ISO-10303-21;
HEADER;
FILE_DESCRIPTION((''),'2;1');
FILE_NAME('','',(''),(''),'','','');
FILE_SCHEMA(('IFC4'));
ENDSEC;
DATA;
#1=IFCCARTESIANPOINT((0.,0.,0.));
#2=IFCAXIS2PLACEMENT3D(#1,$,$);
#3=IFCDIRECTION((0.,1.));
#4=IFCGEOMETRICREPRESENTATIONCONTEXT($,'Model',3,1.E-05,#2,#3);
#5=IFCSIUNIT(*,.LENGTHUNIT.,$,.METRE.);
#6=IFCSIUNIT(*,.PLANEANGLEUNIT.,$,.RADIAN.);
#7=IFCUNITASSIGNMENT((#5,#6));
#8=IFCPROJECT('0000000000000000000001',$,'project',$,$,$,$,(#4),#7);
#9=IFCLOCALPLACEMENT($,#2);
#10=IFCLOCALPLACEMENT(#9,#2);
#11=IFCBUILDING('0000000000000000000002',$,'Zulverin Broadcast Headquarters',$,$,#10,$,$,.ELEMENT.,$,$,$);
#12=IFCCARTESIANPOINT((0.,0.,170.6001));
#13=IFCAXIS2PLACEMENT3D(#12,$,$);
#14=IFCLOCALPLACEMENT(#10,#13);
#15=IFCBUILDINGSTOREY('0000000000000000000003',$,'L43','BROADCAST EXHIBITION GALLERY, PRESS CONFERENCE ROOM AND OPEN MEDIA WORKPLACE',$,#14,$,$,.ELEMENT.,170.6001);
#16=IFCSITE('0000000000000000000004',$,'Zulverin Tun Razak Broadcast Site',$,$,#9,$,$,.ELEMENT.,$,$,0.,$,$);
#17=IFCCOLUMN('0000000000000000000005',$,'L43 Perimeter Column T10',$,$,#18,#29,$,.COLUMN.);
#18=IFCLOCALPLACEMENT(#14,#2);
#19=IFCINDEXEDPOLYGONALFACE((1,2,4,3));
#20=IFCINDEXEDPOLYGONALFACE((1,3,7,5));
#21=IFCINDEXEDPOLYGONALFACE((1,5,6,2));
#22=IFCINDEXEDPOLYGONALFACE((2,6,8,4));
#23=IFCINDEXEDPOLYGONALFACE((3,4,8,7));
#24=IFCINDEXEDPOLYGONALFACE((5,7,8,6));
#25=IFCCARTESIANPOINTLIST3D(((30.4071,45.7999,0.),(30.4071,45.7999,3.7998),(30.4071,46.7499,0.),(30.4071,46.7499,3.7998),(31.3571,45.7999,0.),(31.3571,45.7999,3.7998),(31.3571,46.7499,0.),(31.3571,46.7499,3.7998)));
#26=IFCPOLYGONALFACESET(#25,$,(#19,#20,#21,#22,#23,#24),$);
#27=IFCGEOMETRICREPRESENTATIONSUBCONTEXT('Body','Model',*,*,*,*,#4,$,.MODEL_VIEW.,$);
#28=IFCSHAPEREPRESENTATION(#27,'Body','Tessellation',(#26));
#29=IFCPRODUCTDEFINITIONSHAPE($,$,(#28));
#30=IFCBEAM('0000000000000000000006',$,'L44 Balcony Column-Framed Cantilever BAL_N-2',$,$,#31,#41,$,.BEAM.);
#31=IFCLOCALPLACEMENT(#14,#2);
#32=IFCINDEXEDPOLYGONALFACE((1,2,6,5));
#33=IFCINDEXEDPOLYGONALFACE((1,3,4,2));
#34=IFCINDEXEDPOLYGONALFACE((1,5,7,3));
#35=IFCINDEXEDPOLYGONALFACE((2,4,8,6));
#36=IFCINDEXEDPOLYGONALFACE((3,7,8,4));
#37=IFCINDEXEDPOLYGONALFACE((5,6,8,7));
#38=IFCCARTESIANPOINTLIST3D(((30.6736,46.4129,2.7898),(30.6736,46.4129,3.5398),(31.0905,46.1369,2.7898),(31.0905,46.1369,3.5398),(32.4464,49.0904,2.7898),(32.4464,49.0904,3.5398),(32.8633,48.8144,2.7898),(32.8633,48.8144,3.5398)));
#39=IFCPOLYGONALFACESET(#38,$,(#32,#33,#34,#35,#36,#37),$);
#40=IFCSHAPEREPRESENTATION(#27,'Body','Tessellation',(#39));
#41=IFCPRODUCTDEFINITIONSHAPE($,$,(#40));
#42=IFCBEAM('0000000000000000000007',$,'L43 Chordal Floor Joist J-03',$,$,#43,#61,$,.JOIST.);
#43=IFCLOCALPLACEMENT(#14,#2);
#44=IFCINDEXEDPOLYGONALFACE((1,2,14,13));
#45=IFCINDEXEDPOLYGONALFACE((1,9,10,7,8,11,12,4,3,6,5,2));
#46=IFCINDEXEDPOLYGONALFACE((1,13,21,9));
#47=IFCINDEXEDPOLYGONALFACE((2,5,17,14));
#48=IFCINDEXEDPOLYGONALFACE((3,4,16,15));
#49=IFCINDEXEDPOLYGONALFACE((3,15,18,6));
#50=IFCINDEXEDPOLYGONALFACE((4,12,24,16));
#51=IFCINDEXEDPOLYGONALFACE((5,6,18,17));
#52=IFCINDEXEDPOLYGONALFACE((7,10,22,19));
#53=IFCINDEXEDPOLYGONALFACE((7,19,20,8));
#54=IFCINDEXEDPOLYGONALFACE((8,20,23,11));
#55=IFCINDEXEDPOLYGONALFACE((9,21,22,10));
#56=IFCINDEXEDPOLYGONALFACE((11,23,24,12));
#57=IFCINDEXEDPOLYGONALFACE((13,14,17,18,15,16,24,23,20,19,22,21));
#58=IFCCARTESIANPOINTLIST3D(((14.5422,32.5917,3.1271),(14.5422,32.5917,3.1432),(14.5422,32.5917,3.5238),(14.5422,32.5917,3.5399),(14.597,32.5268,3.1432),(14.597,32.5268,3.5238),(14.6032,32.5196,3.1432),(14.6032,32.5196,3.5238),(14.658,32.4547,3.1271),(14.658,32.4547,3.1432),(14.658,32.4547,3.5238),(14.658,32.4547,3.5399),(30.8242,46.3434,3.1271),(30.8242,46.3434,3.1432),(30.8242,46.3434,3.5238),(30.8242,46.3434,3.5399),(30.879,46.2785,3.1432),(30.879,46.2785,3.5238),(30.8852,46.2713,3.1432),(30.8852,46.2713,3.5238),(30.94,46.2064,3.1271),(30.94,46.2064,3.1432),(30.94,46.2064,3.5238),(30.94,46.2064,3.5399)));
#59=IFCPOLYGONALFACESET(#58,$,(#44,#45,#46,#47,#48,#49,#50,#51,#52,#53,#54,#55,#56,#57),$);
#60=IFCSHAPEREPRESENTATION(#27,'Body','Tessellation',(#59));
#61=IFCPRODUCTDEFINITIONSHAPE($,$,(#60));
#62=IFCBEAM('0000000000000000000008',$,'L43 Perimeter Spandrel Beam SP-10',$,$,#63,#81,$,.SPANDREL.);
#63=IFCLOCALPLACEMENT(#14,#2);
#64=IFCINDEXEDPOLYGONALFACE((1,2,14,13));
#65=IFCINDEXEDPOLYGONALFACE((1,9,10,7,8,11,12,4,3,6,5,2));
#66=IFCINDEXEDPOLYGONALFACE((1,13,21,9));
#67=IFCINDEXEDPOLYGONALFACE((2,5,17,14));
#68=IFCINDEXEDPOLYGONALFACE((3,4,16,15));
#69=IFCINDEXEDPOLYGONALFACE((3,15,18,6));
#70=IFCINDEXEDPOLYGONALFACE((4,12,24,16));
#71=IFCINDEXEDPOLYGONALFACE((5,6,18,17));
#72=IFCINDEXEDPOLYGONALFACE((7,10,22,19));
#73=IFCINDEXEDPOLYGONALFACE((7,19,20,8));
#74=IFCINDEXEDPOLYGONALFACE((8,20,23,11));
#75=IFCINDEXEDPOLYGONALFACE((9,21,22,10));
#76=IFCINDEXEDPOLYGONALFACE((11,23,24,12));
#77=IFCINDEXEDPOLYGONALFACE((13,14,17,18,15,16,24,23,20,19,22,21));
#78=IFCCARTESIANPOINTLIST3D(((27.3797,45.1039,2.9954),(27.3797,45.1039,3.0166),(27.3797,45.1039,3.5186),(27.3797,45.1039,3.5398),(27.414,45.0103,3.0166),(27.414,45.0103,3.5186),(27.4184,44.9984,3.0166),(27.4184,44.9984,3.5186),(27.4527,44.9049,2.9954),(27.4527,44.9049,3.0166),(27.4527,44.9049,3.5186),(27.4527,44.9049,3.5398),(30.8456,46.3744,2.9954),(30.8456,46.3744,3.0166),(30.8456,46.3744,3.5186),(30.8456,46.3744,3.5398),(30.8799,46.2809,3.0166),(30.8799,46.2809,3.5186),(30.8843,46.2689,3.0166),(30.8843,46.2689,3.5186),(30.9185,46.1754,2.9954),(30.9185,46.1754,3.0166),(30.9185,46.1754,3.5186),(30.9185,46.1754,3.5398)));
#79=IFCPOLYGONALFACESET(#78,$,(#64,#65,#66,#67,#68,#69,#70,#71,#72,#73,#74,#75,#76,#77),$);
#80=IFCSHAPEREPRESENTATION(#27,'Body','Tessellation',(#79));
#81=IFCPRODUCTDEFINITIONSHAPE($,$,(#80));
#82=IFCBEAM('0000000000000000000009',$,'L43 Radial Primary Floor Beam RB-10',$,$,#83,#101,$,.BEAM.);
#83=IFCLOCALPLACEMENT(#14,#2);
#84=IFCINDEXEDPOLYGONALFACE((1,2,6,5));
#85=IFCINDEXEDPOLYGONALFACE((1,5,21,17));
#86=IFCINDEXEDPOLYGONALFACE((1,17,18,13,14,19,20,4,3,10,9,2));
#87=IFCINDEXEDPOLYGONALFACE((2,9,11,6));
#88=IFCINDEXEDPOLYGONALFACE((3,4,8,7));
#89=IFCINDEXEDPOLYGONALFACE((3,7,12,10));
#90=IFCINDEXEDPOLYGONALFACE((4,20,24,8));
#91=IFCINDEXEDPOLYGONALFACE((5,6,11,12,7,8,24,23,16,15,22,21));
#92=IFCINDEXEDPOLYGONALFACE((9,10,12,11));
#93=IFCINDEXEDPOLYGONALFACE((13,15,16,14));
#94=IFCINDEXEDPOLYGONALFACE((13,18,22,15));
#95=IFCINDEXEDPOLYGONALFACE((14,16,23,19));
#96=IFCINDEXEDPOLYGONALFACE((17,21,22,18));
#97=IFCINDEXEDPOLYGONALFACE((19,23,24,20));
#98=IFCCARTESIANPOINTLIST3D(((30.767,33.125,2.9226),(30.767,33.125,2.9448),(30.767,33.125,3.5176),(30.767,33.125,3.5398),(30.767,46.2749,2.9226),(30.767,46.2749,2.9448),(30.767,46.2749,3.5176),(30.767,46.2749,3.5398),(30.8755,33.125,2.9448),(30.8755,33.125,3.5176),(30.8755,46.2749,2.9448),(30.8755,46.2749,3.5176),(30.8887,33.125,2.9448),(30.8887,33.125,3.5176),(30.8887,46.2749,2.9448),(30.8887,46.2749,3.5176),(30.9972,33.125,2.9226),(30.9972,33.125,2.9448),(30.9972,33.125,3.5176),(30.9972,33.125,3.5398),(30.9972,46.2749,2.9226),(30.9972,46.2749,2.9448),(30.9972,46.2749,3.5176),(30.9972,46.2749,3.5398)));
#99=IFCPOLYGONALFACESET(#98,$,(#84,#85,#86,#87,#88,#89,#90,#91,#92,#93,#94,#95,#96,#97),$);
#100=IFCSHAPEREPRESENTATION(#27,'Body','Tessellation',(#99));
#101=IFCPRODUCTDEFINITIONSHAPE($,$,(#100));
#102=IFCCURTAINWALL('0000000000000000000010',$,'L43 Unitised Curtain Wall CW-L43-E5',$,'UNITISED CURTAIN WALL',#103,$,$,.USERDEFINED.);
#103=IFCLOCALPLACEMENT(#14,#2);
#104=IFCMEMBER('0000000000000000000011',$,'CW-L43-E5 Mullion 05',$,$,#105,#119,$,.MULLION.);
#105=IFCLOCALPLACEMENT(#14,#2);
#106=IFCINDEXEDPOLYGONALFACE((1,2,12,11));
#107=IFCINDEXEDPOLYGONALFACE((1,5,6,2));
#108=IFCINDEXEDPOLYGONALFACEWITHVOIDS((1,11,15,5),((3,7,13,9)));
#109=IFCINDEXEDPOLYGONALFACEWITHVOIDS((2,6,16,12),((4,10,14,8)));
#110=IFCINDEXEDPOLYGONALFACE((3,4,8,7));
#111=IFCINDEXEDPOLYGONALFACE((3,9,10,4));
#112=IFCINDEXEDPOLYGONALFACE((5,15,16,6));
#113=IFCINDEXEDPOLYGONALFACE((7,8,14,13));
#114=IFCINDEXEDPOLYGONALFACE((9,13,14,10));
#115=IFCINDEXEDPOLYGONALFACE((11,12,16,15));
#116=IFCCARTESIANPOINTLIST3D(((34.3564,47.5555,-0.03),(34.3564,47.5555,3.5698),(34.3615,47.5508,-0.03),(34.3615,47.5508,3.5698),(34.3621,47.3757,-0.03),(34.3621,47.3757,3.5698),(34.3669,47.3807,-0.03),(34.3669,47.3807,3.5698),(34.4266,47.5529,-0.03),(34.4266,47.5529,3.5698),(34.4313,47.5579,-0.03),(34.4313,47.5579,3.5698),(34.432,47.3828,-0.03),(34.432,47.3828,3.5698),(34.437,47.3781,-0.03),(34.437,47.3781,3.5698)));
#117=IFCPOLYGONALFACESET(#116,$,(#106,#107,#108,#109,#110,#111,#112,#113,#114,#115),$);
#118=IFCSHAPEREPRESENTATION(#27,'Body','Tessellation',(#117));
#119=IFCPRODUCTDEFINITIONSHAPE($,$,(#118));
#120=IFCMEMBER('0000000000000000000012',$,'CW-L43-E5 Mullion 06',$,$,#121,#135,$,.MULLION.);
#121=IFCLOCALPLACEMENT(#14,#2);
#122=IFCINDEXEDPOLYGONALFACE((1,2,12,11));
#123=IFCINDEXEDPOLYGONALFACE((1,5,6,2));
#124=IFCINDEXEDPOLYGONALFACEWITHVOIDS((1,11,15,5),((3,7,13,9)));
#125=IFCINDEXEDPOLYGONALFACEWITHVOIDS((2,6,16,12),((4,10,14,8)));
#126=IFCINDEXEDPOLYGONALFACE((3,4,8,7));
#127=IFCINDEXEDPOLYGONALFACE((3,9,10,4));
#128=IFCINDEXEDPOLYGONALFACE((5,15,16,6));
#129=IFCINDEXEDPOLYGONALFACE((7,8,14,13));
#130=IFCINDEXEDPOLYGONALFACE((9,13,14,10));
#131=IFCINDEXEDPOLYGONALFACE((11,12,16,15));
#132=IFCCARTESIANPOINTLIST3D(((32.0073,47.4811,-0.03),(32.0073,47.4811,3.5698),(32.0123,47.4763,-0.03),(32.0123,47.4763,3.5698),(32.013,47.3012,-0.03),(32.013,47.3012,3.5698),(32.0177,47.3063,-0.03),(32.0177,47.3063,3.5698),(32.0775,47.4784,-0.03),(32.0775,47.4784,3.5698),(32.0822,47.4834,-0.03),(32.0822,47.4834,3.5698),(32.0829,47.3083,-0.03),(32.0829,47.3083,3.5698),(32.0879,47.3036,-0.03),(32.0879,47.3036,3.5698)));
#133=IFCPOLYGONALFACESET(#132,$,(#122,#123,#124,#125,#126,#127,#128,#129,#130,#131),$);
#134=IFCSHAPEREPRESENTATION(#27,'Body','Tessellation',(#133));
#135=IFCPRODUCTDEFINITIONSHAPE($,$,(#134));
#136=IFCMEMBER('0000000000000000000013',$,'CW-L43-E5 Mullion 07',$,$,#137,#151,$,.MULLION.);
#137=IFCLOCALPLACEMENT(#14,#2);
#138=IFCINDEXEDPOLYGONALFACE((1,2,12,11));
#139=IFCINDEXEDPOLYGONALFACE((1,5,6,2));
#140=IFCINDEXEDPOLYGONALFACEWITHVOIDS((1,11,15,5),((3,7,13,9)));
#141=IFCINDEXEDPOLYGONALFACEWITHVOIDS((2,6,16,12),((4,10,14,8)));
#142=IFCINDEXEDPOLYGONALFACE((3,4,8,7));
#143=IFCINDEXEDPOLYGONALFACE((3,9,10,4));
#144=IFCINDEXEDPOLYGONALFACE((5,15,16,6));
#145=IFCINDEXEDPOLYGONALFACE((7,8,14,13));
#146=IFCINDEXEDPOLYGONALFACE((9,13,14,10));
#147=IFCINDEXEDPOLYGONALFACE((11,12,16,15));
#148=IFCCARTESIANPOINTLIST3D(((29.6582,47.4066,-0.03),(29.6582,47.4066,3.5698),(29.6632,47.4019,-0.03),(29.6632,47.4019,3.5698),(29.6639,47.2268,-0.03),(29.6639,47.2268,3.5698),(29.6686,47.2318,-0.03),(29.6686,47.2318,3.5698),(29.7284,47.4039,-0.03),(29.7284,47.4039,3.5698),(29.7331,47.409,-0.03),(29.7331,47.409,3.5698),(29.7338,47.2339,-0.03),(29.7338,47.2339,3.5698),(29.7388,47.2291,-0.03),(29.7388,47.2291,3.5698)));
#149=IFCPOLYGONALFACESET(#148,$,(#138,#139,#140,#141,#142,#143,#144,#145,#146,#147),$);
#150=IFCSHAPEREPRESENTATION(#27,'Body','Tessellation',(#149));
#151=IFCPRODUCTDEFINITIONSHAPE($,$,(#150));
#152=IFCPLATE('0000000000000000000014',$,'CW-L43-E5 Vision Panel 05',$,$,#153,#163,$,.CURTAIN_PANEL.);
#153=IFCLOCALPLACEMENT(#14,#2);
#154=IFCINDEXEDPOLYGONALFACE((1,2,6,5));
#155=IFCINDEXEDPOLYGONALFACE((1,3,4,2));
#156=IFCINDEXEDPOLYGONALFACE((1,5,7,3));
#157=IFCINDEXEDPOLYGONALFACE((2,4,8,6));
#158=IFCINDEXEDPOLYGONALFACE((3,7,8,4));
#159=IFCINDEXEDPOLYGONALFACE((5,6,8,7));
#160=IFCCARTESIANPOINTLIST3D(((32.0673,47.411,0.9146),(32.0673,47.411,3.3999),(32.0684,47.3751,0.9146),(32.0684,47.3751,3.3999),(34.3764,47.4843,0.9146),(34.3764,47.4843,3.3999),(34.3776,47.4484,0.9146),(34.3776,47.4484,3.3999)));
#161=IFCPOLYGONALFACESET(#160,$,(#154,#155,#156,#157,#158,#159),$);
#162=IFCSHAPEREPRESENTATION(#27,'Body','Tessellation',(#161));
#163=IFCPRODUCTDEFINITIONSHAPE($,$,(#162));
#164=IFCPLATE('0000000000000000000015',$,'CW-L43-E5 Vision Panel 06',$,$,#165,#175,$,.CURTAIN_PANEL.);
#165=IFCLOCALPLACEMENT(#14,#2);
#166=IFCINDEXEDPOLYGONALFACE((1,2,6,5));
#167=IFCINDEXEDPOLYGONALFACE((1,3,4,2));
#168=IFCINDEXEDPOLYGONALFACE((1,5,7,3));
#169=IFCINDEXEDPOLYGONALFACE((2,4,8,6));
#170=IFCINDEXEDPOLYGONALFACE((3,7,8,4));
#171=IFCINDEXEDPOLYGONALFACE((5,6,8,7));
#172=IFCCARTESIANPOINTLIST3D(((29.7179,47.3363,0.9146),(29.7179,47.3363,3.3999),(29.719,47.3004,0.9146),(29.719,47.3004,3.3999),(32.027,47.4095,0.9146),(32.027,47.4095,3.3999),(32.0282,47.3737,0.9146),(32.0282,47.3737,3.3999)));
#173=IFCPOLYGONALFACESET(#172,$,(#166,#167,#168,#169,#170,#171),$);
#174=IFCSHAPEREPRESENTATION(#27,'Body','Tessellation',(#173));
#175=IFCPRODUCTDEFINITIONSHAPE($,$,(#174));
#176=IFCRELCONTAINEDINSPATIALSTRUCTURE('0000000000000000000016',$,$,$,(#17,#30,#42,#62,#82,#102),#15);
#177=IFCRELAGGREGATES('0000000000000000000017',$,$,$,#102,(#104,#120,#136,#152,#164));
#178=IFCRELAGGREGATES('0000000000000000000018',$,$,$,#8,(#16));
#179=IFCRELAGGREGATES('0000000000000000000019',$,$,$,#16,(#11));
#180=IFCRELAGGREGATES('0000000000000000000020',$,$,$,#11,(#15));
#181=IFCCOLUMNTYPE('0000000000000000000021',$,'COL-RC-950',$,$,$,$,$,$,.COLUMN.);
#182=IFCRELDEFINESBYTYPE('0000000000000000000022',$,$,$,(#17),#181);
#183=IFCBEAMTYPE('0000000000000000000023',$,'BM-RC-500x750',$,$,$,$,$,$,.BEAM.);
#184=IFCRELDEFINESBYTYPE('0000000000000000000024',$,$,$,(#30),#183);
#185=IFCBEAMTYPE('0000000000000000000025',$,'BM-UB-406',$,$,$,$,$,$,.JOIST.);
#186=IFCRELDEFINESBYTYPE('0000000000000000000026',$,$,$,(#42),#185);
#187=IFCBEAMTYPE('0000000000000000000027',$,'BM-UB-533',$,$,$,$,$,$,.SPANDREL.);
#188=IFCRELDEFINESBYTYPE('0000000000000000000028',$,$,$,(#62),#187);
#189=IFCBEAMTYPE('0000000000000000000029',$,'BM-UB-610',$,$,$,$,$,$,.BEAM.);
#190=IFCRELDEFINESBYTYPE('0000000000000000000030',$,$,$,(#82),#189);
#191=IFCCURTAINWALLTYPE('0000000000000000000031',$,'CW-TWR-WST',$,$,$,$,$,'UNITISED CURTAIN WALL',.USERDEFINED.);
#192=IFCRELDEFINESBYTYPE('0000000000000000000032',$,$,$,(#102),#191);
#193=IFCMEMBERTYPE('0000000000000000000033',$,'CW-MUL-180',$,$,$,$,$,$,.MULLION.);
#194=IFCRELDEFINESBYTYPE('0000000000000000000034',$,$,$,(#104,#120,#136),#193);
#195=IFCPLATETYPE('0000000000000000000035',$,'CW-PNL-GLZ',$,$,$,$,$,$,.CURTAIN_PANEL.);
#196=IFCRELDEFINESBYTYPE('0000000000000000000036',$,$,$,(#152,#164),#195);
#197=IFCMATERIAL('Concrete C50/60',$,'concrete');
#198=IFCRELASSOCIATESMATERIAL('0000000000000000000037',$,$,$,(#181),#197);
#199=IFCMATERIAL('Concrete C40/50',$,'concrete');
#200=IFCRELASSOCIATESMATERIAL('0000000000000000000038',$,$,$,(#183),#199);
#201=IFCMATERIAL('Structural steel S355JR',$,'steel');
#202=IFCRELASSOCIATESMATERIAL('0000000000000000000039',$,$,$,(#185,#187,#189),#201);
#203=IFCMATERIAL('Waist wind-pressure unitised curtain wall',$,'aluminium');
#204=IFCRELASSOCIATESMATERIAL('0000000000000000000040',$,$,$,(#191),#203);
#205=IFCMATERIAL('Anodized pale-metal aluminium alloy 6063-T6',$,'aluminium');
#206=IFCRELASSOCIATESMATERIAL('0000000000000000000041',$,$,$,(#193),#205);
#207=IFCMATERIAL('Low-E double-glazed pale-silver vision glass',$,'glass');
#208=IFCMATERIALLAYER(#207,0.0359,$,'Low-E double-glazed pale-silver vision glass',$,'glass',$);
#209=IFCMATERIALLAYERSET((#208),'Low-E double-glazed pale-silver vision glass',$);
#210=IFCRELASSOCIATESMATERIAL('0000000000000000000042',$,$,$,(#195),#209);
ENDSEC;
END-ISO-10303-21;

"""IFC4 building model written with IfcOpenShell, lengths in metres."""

from ifc_helpers import new_model, si_unit, direction, frame, origin, origin_2d, place, context, subcontext, project, spatial, rectangle, hollow_rectangle, i_section, extrude, material, layer, layer_set, material_profile, profile_set, type_object, element, aggregate, save


model = new_model("IFC4")

# Units and contexts
model_context = context("Model", 3, precision=1e-05, world=origin(), true_north=direction((0.0, 1.0)))
body_context = subcontext(model_context, "Body", "Model", "MODEL_VIEW")
ifc_project = project(units=[si_unit("LENGTHUNIT", "METRE"), si_unit("PLANEANGLEUNIT", "RADIAN")], contexts=[model_context])

# Site, building, storey
site_placement = place(None, origin())
site = spatial("IfcSite", under=ifc_project, at=site_placement, Name="Zulverin Tun Razak Broadcast Site", CompositionType="ELEMENT", RefElevation=0.0)
building_placement = place(site_placement, origin())
building = spatial("IfcBuilding", under=site, at=building_placement, Name="Zulverin Broadcast Headquarters", CompositionType="ELEMENT")
storey_placement = place(building_placement, frame((0.0, 0.0, 170.6001)))
storey = spatial("IfcBuildingStorey", under=building, at=storey_placement, Name="L43", Description="BROADCAST EXHIBITION GALLERY, PRESS CONFERENCE ROOM AND OPEN MEDIA WORKPLACE", CompositionType="ELEMENT", Elevation=170.6001)

# Column
ifc_material_1 = material(Name="Concrete C50/60", Category="concrete")
ifc_material_profile_1 = material_profile(ifc_material_1, rectangle(XDim=0.95, YDim=0.95, at=origin_2d()), Name="Concrete C50/60", Category="concrete")
ifc_profile_set_1 = profile_set([ifc_material_profile_1], Name="Concrete C50/60")
column_type = type_object("IfcColumnType", Name="COL-RC-950", PredefinedType="COLUMN", material=ifc_profile_set_1)
column_placement = place(storey_placement, frame((30.8821, 46.2749, 0.0), z_axis=(0.0, 0.0, 1.0), x_axis=(1.0, 0.0, 0.0)))
element("IfcColumn", 1, at=column_placement, inside=storey, type_object=column_type, Name="L43 Perimeter Column T10", PredefinedType="COLUMN", context=body_context, shape_type="SweptSolid", body=[
    extrude(rectangle(XDim=0.95, YDim=0.95, at=origin_2d()), origin(), (0.0, 0.0, 1.0), 3.7998),
])

# Beams
ifc_material_2 = material(Name="Concrete C40/50", Category="concrete")
ifc_material_profile_2 = material_profile(ifc_material_2, rectangle(XDim=0.5, YDim=0.75, at=origin_2d()), Name="Concrete C40/50", Category="concrete")
ifc_profile_set_2 = profile_set([ifc_material_profile_2], Name="Concrete C40/50")
beam_type_1 = type_object("IfcBeamType", Name="BM-RC-500x750", PredefinedType="BEAM", material=ifc_profile_set_2)
beam_1_placement = place(storey_placement, frame((30.8821, 46.2749, 3.1648), z_axis=(0.552048, 0.833812, 0.0), x_axis=(-0.833812, 0.552048, 0.0)))
element("IfcBeam", 2, at=beam_1_placement, inside=storey, type_object=beam_type_1, Name="L44 Balcony Column-Framed Cantilever BAL_N-2", PredefinedType="BEAM", context=body_context, shape_type="SweptSolid", body=[
    extrude(rectangle(XDim=0.5, YDim=0.75, at=origin_2d()), origin(), (0.0, 0.0, 1.0), 3.2112),
])
ifc_material_3 = material(Name="Structural steel S355JR", Category="steel")
ifc_material_profile_3 = material_profile(ifc_material_3, i_section(OverallWidth=0.1794, OverallDepth=0.4128, WebThickness=0.0095, FlangeThickness=0.0161, at=origin_2d()), Name="Structural steel S355JR", Category="steel")
ifc_profile_set_3 = profile_set([ifc_material_profile_3], Name="Structural steel S355JR")
beam_type_2 = type_object("IfcBeamType", Name="BM-UB-406", PredefinedType="JOIST", material=ifc_profile_set_3)
beam_2_placement = place(storey_placement, frame((30.8821, 46.2749, 3.3335), z_axis=(-0.763973, -0.645249, 0.0), x_axis=(0.645249, -0.763973, 0.0)))
element("IfcBeam", 3, at=beam_2_placement, inside=storey, type_object=beam_type_2, Name="L43 Chordal Floor Joist J-03", PredefinedType="JOIST", context=body_context, shape_type="SweptSolid", body=[
    extrude(i_section(OverallWidth=0.1794, OverallDepth=0.4128, WebThickness=0.0095, FlangeThickness=0.0161, at=origin_2d()), origin(), (0.0, 0.0, 1.0), 21.3123),
])
ifc_material_profile_4 = material_profile(ifc_material_3, i_section(OverallWidth=0.2119, OverallDepth=0.5444, WebThickness=0.0127, FlangeThickness=0.0212, at=origin_2d()), Name="Structural steel S355JR", Category="steel")
ifc_profile_set_4 = profile_set([ifc_material_profile_4], Name="Structural steel S355JR")
beam_type_3 = type_object("IfcBeamType", Name="BM-UB-533", PredefinedType="SPANDREL", material=ifc_profile_set_4)
beam_3_placement = place(storey_placement, frame((30.8821, 46.2749, 3.2676), z_axis=(-0.938902, -0.344185, 0.0), x_axis=(0.344185, -0.938902, 0.0)))
element("IfcBeam", 4, at=beam_3_placement, inside=storey, type_object=beam_type_3, Name="L43 Perimeter Spandrel Beam SP-10", PredefinedType="SPANDREL", context=body_context, shape_type="SweptSolid", body=[
    extrude(i_section(OverallWidth=0.2119, OverallDepth=0.5444, WebThickness=0.0127, FlangeThickness=0.0212, at=origin_2d()), origin(), (0.0, 0.0, 1.0), 3.6914),
])
ifc_material_profile_5 = material_profile(ifc_material_3, i_section(OverallWidth=0.2302, OverallDepth=0.6172, WebThickness=0.0132, FlangeThickness=0.0222, at=origin_2d()), Name="Structural steel S355JR", Category="steel")
ifc_profile_set_5 = profile_set([ifc_material_profile_5], Name="Structural steel S355JR")
beam_type_4 = type_object("IfcBeamType", Name="BM-UB-610", PredefinedType="BEAM", material=ifc_profile_set_5)
beam_4_placement = place(storey_placement, frame((30.8821, 33.125, 3.2312), z_axis=(0.0, 1.0, 0.0), x_axis=(-1.0, 0.0, 0.0)))
element("IfcBeam", 5, at=beam_4_placement, inside=storey, type_object=beam_type_4, Name="L43 Radial Primary Floor Beam RB-10", PredefinedType="BEAM", context=body_context, shape_type="SweptSolid", body=[
    extrude(i_section(OverallWidth=0.2302, OverallDepth=0.6172, WebThickness=0.0132, FlangeThickness=0.0222, at=origin_2d()), origin(), (0.0, 0.0, 1.0), 13.1499),
])

# Curtain wall, members, plates
ifc_material_4 = material(Name="Waist wind-pressure unitised curtain wall", Category="aluminium")
curtain_wall_type = type_object("IfcCurtainWallType", Name="CW-TWR-WST", ElementType="UNITISED CURTAIN WALL", PredefinedType="USERDEFINED", material=ifc_material_4)
curtain_wall_placement = place(storey_placement, origin())
curtain_wall = element("IfcCurtainWall", 6, at=curtain_wall_placement, inside=storey, type_object=curtain_wall_type, Name="L43 Unitised Curtain Wall CW-L43-E5", ObjectType="UNITISED CURTAIN WALL", PredefinedType="USERDEFINED")
ifc_material_5 = material(Name="Anodized pale-metal aluminium alloy 6063-T6", Category="aluminium")
ifc_material_profile_6 = material_profile(ifc_material_5, hollow_rectangle(XDim=0.075, YDim=0.1799, WallThickness=0.0049, at=origin_2d()), Name="Anodized pale-metal aluminium alloy 6063-T6", Category="aluminium")
ifc_profile_set_6 = profile_set([ifc_material_profile_6], Name="Anodized pale-metal aluminium alloy 6063-T6")
member_type = type_object("IfcMemberType", Name="CW-MUL-180", PredefinedType="MULLION", material=ifc_profile_set_6)
member_1_placement = place(storey_placement, frame((34.3967, 47.4668, -0.03), z_axis=(0.0, 0.0, 1.0), x_axis=(-0.999497, -0.031709, 0.0)))
member_1 = element("IfcMember", 7, at=member_1_placement, type_object=member_type, Name="CW-L43-E5 Mullion 05", PredefinedType="MULLION", context=body_context, shape_type="SweptSolid", body=[
    extrude(hollow_rectangle(XDim=0.075, YDim=0.1799, WallThickness=0.0049, at=origin_2d()), origin(), (0.0, 0.0, 1.0), 3.5999),
])
member_2_placement = place(storey_placement, frame((32.0476, 47.3923, -0.03), z_axis=(0.0, 0.0, 1.0), x_axis=(-0.999497, -0.031709, 0.0)))
member_2 = element("IfcMember", 8, at=member_2_placement, type_object=member_type, Name="CW-L43-E5 Mullion 06", PredefinedType="MULLION", context=body_context, shape_type="SweptSolid", body=[
    extrude(hollow_rectangle(XDim=0.075, YDim=0.1799, WallThickness=0.0049, at=origin_2d()), origin(), (0.0, 0.0, 1.0), 3.5999),
])
member_3_placement = place(storey_placement, frame((29.6985, 47.3179, -0.03), z_axis=(0.0, 0.0, 1.0), x_axis=(-0.999497, -0.031709, 0.0)))
member_3 = element("IfcMember", 9, at=member_3_placement, type_object=member_type, Name="CW-L43-E5 Mullion 07", PredefinedType="MULLION", context=body_context, shape_type="SweptSolid", body=[
    extrude(hollow_rectangle(XDim=0.075, YDim=0.1799, WallThickness=0.0049, at=origin_2d()), origin(), (0.0, 0.0, 1.0), 3.5999),
])
ifc_material_6 = material(Name="Low-E double-glazed pale-silver vision glass", Category="glass")
ifc_layer_1 = layer(ifc_material_6, 0.0359, Name="Low-E double-glazed pale-silver vision glass", Category="glass")
ifc_layer_set_1 = layer_set([ifc_layer_1], Name="Low-E double-glazed pale-silver vision glass")
plate_type_1 = type_object("IfcPlateType", Name="CW-PNL-GLZ", PredefinedType="CURTAIN_PANEL", material=ifc_layer_set_1)
plate_1_placement = place(storey_placement, frame((33.2224, 47.4297, 0.9146), z_axis=(0.0, 0.0, 1.0), x_axis=(-0.999497, -0.031709, 0.0)))
plate_1 = element("IfcPlate", 10, at=plate_1_placement, type_object=plate_type_1, Name="CW-L43-E5 Vision Panel 05", PredefinedType="CURTAIN_PANEL", context=body_context, shape_type="SweptSolid", body=[
    extrude(rectangle(XDim=2.3103, YDim=0.0359, at=origin_2d()), origin(), (0.0, 0.0, 1.0), 2.4854),
])
plate_2_placement = place(storey_placement, frame((30.873, 47.355, 0.9146), z_axis=(0.0, 0.0, 1.0), x_axis=(-0.999497, -0.031709, 0.0)))
plate_2 = element("IfcPlate", 11, at=plate_2_placement, type_object=plate_type_1, Name="CW-L43-E5 Vision Panel 06", PredefinedType="CURTAIN_PANEL", context=body_context, shape_type="SweptSolid", body=[
    extrude(rectangle(XDim=2.3103, YDim=0.0359, at=origin_2d()), origin(), (0.0, 0.0, 1.0), 2.4854),
])
aggregate(curtain_wall, [member_1, member_2, member_3, plate_1, plate_2])

save(model, "model.ifc")
